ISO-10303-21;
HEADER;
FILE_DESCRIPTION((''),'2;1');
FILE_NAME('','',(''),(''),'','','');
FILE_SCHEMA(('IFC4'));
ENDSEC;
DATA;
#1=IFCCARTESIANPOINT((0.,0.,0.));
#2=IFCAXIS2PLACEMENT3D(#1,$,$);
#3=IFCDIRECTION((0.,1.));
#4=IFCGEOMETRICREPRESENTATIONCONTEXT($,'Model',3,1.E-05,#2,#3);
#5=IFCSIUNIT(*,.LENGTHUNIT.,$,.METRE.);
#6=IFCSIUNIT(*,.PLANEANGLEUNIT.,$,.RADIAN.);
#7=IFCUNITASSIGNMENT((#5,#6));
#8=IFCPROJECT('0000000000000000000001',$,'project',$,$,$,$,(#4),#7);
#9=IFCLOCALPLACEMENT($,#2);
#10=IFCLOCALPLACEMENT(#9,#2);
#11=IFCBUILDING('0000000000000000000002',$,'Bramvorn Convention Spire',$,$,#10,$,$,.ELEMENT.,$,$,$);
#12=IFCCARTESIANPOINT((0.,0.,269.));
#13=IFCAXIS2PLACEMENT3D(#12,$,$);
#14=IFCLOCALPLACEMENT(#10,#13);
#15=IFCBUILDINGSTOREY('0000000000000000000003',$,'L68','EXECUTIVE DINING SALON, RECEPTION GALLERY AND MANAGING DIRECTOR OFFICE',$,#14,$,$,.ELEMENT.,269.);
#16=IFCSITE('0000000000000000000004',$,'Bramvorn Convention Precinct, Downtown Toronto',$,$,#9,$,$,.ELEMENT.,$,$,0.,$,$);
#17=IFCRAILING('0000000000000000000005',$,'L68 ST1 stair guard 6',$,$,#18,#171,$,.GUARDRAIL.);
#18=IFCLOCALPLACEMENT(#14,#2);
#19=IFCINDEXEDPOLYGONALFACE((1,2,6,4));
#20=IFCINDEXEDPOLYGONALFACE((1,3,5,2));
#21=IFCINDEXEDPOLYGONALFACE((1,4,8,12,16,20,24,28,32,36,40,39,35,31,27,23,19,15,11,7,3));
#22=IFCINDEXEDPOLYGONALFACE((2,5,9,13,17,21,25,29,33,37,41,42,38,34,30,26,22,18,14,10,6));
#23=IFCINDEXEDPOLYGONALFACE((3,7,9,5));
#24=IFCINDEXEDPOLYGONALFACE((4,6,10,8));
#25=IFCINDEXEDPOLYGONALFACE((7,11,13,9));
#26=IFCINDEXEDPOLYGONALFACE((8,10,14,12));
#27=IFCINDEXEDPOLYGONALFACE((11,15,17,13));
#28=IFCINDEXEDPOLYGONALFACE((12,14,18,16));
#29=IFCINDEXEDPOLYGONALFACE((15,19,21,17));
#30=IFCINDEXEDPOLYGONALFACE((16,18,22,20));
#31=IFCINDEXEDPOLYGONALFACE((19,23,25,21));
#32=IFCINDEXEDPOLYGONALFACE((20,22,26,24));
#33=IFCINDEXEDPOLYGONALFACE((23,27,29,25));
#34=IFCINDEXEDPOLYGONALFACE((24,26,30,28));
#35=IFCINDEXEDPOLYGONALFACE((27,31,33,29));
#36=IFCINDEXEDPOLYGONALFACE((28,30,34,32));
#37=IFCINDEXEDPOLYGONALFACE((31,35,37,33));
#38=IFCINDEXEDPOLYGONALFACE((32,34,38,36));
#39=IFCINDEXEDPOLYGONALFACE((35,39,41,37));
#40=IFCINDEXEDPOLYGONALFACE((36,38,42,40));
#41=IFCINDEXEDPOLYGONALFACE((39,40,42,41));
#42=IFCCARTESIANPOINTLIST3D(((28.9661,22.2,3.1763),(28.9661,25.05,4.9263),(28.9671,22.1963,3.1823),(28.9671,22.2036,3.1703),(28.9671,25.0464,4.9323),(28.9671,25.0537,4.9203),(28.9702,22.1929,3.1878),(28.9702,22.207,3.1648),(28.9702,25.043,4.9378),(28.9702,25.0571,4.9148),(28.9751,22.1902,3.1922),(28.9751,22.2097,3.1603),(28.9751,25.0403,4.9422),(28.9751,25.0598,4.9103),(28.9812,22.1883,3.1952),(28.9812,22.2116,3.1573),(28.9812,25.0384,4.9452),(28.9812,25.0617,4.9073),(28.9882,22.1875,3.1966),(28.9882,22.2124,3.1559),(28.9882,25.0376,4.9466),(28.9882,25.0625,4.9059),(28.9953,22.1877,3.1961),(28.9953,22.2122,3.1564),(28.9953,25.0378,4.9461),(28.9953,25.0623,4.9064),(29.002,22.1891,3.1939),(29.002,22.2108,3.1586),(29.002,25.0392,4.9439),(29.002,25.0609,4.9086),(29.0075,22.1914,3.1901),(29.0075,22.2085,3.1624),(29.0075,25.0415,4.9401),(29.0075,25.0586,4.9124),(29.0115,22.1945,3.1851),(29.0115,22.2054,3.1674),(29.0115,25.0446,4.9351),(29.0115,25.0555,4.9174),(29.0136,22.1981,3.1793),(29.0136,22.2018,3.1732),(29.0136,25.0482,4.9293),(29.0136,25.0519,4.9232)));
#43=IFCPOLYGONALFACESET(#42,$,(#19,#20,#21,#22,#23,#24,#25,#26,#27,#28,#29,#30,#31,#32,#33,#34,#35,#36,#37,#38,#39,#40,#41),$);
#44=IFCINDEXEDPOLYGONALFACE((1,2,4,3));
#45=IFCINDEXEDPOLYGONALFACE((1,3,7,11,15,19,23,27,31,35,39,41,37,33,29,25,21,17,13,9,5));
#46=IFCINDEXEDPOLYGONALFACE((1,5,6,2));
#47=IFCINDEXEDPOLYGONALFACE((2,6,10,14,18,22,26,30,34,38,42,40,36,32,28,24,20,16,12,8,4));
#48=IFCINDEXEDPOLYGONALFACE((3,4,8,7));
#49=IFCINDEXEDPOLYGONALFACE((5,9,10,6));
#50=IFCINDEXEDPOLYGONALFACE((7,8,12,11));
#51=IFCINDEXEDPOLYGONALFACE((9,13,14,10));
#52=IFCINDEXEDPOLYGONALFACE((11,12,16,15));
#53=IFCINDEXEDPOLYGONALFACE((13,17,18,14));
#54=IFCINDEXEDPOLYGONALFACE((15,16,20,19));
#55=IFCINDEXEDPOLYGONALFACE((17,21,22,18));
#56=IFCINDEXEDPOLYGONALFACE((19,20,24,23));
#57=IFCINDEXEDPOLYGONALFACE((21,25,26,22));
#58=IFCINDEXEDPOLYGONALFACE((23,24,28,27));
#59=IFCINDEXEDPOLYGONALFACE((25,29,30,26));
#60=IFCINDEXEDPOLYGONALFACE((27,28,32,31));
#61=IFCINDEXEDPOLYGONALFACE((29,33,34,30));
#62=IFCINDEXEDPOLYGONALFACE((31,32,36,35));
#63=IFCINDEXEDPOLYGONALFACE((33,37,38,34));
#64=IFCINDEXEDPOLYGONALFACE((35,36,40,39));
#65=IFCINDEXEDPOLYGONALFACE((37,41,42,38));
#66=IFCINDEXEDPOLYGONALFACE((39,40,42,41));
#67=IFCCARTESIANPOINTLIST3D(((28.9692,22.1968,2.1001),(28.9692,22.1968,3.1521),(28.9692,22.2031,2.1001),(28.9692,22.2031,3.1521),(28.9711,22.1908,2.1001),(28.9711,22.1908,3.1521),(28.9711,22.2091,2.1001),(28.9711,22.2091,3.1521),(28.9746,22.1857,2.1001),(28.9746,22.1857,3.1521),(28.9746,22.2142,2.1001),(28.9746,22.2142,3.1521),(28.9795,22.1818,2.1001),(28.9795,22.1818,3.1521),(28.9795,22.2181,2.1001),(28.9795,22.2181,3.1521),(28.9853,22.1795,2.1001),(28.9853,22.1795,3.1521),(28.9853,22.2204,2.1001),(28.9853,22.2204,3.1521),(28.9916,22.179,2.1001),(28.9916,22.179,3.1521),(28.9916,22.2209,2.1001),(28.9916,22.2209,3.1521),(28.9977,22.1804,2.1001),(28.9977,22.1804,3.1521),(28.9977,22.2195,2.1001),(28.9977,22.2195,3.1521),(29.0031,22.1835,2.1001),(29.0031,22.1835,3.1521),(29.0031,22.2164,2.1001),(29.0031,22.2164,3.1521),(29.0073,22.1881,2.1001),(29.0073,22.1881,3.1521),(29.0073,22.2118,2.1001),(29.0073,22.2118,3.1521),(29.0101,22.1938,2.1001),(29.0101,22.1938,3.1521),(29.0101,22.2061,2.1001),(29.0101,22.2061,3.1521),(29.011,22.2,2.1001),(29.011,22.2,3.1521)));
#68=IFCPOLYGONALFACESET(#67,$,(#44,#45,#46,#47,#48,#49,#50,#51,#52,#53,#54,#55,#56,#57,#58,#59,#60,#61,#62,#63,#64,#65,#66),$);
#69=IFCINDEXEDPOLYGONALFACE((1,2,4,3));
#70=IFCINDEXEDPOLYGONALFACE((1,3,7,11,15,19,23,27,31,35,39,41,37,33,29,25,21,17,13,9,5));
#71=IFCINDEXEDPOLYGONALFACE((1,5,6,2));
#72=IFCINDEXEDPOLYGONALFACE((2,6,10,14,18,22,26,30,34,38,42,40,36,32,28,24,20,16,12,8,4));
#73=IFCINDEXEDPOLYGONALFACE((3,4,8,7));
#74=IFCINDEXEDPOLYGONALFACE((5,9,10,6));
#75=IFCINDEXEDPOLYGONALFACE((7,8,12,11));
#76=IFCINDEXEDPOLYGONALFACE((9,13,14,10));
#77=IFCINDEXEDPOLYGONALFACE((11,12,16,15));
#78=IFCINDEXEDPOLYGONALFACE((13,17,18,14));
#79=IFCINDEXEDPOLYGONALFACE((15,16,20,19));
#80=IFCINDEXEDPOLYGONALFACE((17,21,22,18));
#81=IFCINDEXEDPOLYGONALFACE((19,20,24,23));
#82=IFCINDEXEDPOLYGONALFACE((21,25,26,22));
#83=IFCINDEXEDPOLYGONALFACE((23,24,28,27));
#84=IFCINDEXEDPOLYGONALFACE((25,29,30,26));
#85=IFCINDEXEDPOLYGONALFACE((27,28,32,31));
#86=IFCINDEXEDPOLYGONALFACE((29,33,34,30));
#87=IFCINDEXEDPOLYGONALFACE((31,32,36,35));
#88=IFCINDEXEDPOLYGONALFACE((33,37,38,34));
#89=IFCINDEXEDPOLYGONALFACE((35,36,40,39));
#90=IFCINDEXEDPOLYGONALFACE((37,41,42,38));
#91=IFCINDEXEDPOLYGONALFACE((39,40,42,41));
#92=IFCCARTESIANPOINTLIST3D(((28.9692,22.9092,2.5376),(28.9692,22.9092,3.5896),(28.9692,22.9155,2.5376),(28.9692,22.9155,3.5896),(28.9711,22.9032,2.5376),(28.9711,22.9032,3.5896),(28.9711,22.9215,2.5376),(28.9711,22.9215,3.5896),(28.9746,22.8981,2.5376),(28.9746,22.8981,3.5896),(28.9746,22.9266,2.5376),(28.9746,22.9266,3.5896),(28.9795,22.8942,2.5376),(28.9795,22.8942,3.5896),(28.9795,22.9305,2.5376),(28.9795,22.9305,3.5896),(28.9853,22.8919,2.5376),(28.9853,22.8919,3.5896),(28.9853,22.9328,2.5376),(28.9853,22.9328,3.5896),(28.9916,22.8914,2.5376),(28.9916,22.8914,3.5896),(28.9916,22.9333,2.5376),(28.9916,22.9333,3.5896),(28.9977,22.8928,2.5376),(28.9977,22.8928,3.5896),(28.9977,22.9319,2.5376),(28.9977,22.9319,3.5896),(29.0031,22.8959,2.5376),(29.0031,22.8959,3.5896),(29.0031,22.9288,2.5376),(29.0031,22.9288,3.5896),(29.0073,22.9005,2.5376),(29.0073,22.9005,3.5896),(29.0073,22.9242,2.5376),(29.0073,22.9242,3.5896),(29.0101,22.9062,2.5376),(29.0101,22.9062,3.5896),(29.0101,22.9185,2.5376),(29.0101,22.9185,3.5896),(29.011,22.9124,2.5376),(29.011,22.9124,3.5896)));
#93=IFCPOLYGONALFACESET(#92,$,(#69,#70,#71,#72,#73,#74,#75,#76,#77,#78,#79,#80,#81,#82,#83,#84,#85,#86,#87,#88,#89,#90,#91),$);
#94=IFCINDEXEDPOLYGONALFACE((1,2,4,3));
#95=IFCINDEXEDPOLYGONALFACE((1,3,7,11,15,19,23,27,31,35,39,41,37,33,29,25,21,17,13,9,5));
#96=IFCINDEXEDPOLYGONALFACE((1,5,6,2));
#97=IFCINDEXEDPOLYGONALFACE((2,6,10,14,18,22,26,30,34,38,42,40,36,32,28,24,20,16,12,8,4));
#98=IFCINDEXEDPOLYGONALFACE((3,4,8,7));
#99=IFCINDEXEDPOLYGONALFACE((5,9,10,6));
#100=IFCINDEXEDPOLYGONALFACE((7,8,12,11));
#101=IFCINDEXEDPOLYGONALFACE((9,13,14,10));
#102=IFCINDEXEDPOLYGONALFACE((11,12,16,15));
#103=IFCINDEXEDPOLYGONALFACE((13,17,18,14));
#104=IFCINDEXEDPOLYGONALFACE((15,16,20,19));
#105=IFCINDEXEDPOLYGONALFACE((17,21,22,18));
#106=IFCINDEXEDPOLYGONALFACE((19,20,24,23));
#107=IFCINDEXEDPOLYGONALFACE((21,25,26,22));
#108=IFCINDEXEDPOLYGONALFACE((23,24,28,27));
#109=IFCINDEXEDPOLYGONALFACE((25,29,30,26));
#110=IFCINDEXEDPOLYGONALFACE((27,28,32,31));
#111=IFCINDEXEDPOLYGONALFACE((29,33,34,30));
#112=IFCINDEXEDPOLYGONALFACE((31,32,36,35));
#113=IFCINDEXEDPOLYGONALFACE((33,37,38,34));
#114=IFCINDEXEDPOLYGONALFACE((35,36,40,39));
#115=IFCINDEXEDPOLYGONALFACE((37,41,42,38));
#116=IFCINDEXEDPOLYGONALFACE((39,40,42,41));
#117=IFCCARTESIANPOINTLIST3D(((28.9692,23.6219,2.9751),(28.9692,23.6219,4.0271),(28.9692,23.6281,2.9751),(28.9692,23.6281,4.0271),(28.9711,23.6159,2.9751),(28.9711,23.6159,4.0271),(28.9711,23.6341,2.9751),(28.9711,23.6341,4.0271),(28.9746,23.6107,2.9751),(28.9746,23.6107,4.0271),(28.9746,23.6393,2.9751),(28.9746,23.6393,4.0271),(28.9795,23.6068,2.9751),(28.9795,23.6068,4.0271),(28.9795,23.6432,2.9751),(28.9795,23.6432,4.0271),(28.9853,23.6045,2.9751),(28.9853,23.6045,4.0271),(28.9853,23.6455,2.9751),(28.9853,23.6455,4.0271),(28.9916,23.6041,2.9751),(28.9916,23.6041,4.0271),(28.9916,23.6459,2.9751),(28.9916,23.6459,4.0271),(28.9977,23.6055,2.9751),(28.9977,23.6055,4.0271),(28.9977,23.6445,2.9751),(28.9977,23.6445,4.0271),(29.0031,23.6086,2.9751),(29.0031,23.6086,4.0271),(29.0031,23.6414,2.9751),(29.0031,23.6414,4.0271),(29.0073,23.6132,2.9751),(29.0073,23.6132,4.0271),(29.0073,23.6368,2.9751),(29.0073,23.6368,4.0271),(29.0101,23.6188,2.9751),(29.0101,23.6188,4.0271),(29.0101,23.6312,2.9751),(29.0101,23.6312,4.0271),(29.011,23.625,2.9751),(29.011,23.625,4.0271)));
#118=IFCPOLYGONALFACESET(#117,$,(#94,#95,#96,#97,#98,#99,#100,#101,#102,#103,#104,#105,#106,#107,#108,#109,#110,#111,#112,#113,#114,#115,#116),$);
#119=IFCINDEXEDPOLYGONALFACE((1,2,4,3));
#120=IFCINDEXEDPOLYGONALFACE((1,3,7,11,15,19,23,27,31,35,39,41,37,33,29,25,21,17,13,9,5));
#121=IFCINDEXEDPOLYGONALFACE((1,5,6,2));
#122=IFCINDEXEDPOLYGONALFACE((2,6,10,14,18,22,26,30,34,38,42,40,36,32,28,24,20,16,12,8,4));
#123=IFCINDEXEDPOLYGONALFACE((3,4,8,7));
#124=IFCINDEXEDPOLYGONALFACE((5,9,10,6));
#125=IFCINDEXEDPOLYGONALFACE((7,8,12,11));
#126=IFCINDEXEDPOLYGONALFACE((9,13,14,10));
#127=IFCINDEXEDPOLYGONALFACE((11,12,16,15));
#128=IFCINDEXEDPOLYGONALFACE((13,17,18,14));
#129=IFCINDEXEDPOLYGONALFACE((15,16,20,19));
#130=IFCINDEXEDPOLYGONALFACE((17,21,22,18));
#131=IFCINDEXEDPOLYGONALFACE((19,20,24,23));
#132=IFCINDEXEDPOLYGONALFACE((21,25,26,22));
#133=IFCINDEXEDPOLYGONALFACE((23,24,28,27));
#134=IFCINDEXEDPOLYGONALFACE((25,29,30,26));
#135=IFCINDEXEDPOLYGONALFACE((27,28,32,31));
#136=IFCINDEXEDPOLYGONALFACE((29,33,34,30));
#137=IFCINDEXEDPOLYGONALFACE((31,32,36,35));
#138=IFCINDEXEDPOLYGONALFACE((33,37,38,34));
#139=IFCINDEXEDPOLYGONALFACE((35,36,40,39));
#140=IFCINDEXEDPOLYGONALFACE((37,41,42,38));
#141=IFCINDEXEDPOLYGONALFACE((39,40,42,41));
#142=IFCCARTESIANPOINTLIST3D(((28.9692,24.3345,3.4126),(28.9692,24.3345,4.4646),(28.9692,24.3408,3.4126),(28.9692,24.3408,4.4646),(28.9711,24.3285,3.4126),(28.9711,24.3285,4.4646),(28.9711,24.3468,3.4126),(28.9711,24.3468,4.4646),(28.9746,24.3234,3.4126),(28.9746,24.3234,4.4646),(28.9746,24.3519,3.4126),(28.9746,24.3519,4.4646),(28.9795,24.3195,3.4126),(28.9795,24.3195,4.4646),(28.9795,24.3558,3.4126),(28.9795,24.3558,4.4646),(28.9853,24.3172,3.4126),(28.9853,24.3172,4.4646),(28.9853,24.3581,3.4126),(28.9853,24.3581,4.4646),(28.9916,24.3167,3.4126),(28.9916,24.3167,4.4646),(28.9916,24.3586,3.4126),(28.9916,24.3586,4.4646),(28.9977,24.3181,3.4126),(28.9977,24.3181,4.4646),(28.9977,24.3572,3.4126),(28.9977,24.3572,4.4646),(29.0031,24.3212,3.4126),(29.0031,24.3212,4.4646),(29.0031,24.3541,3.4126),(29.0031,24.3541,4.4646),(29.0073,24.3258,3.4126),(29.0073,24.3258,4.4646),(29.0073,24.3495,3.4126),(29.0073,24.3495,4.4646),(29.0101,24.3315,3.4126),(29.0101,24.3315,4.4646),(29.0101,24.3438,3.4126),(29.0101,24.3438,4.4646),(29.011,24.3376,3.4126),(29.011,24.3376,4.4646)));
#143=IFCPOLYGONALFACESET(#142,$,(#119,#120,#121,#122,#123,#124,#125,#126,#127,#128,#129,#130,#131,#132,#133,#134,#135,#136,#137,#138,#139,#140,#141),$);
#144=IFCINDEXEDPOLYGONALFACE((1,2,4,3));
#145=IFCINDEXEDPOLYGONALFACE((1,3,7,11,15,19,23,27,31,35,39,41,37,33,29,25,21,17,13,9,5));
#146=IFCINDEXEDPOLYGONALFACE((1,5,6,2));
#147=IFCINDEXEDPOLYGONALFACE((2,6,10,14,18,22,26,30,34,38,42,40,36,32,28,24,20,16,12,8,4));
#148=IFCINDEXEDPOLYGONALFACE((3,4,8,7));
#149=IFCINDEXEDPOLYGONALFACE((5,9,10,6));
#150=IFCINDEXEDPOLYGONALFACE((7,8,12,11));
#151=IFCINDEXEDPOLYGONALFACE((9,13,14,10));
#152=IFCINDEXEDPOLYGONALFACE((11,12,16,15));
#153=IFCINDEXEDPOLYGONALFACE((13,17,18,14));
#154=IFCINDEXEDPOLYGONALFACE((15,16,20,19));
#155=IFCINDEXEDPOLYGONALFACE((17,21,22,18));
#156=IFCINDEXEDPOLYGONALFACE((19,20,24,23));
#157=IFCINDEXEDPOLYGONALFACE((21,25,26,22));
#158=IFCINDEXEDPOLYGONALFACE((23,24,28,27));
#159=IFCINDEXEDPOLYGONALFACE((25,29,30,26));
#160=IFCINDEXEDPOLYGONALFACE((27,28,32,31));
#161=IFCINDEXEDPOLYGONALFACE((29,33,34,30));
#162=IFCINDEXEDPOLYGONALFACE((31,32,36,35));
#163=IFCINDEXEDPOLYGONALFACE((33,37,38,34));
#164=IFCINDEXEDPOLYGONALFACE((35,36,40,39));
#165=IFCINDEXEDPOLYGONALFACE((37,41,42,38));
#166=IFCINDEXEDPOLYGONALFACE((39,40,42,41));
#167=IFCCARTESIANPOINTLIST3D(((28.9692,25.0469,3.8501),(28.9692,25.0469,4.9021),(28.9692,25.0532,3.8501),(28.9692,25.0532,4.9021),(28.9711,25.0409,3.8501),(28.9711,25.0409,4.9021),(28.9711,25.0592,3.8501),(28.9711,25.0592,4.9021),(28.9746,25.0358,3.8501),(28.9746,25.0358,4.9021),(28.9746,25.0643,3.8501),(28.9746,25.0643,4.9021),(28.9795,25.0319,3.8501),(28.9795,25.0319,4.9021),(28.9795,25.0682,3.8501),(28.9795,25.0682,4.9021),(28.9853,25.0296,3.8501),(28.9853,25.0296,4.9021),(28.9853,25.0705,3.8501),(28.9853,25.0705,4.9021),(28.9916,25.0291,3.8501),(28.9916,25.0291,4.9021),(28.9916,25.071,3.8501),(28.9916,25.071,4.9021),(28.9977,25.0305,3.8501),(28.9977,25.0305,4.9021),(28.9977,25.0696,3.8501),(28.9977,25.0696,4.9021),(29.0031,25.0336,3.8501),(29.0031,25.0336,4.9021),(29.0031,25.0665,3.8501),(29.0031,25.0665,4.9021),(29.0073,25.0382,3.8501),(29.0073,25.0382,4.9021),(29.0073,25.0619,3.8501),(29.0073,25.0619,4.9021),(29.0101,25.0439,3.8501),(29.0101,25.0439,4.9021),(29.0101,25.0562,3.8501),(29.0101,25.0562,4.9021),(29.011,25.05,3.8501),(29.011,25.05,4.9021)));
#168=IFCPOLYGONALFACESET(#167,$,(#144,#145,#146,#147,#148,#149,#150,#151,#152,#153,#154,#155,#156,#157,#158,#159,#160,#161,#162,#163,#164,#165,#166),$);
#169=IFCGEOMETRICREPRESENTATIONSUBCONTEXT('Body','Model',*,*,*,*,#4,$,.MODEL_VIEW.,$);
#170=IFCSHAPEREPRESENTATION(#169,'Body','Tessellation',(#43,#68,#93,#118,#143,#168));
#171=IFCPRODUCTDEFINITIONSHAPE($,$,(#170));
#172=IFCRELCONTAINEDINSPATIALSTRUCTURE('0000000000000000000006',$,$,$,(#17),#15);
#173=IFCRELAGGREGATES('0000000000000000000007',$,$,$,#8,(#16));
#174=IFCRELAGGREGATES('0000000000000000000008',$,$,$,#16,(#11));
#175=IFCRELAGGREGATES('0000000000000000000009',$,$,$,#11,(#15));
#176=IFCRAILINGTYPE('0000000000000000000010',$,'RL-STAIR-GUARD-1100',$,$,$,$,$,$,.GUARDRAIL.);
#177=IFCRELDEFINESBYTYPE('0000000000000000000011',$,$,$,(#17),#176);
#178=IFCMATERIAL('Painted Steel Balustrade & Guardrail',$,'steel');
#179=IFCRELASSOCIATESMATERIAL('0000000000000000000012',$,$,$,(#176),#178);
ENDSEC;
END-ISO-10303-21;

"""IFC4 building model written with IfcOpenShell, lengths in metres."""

from ifc_helpers import new_model, si_unit, direction, frame, origin, origin_2d, place, context, subcontext, project, spatial, circle, extrude, material, type_object, element, save


model = new_model("IFC4")

# Units and contexts
model_context = context("Model", 3, precision=1e-05, world=origin(), true_north=direction((0.0, 1.0)))
body_context = subcontext(model_context, "Body", "Model", "MODEL_VIEW")
ifc_project = project(units=[si_unit("LENGTHUNIT", "METRE"), si_unit("PLANEANGLEUNIT", "RADIAN")], contexts=[model_context])

# Site, building, storey
site_placement = place(None, origin())
site = spatial("IfcSite", under=ifc_project, at=site_placement, Name="Bramvorn Convention Precinct, Downtown Toronto", CompositionType="ELEMENT", RefElevation=0.0)
building_placement = place(site_placement, origin())
building = spatial("IfcBuilding", under=site, at=building_placement, Name="Bramvorn Convention Spire", CompositionType="ELEMENT")
storey_placement = place(building_placement, frame((0.0, 0.0, 269.0)))
storey = spatial("IfcBuildingStorey", under=building, at=storey_placement, Name="L68", Description="EXECUTIVE DINING SALON, RECEPTION GALLERY AND MANAGING DIRECTOR OFFICE", CompositionType="ELEMENT", Elevation=269.0)

# Railing
ifc_material_1 = material(Name="Painted Steel Balustrade & Guardrail", Category="steel")
railing_type_1 = type_object("IfcRailingType", Name="RL-STAIR-GUARD-1100", PredefinedType="GUARDRAIL", material=ifc_material_1)
railing_1_placement = place(storey_placement, frame((28.99, 22.2, 2.1001)))
element("IfcRailing", 1, at=railing_1_placement, inside=storey, type_object=railing_type_1, Name="L68 ST1 stair guard 6", PredefinedType="GUARDRAIL", context=body_context, shape_type="SweptSolid", body=[
    extrude(circle(Radius=0.0239, at=origin_2d()), frame((0.0, 0.0, 1.0762), z_axis=(0.0, 0.852179, 0.52325), x_axis=(-1.0, 0.0, 0.0)), (0.0, 0.0, 1.0), 3.3445),
    extrude(circle(Radius=0.021, at=origin_2d()), origin(), (0.0, 0.0, 1.0), 1.052),
    extrude(circle(Radius=0.021, at=origin_2d()), frame((0.0, 0.7124, 0.4375)), (0.0, 0.0, 1.0), 1.052),
    extrude(circle(Radius=0.021, at=origin_2d()), frame((0.0, 1.425, 0.875)), (0.0, 0.0, 1.0), 1.052),
    extrude(circle(Radius=0.021, at=origin_2d()), frame((0.0, 2.1377, 1.3125)), (0.0, 0.0, 1.0), 1.052),
    extrude(circle(Radius=0.021, at=origin_2d()), frame((0.0, 2.8501, 1.75)), (0.0, 0.0, 1.0), 1.052),
])

save(model, "model.ifc")
